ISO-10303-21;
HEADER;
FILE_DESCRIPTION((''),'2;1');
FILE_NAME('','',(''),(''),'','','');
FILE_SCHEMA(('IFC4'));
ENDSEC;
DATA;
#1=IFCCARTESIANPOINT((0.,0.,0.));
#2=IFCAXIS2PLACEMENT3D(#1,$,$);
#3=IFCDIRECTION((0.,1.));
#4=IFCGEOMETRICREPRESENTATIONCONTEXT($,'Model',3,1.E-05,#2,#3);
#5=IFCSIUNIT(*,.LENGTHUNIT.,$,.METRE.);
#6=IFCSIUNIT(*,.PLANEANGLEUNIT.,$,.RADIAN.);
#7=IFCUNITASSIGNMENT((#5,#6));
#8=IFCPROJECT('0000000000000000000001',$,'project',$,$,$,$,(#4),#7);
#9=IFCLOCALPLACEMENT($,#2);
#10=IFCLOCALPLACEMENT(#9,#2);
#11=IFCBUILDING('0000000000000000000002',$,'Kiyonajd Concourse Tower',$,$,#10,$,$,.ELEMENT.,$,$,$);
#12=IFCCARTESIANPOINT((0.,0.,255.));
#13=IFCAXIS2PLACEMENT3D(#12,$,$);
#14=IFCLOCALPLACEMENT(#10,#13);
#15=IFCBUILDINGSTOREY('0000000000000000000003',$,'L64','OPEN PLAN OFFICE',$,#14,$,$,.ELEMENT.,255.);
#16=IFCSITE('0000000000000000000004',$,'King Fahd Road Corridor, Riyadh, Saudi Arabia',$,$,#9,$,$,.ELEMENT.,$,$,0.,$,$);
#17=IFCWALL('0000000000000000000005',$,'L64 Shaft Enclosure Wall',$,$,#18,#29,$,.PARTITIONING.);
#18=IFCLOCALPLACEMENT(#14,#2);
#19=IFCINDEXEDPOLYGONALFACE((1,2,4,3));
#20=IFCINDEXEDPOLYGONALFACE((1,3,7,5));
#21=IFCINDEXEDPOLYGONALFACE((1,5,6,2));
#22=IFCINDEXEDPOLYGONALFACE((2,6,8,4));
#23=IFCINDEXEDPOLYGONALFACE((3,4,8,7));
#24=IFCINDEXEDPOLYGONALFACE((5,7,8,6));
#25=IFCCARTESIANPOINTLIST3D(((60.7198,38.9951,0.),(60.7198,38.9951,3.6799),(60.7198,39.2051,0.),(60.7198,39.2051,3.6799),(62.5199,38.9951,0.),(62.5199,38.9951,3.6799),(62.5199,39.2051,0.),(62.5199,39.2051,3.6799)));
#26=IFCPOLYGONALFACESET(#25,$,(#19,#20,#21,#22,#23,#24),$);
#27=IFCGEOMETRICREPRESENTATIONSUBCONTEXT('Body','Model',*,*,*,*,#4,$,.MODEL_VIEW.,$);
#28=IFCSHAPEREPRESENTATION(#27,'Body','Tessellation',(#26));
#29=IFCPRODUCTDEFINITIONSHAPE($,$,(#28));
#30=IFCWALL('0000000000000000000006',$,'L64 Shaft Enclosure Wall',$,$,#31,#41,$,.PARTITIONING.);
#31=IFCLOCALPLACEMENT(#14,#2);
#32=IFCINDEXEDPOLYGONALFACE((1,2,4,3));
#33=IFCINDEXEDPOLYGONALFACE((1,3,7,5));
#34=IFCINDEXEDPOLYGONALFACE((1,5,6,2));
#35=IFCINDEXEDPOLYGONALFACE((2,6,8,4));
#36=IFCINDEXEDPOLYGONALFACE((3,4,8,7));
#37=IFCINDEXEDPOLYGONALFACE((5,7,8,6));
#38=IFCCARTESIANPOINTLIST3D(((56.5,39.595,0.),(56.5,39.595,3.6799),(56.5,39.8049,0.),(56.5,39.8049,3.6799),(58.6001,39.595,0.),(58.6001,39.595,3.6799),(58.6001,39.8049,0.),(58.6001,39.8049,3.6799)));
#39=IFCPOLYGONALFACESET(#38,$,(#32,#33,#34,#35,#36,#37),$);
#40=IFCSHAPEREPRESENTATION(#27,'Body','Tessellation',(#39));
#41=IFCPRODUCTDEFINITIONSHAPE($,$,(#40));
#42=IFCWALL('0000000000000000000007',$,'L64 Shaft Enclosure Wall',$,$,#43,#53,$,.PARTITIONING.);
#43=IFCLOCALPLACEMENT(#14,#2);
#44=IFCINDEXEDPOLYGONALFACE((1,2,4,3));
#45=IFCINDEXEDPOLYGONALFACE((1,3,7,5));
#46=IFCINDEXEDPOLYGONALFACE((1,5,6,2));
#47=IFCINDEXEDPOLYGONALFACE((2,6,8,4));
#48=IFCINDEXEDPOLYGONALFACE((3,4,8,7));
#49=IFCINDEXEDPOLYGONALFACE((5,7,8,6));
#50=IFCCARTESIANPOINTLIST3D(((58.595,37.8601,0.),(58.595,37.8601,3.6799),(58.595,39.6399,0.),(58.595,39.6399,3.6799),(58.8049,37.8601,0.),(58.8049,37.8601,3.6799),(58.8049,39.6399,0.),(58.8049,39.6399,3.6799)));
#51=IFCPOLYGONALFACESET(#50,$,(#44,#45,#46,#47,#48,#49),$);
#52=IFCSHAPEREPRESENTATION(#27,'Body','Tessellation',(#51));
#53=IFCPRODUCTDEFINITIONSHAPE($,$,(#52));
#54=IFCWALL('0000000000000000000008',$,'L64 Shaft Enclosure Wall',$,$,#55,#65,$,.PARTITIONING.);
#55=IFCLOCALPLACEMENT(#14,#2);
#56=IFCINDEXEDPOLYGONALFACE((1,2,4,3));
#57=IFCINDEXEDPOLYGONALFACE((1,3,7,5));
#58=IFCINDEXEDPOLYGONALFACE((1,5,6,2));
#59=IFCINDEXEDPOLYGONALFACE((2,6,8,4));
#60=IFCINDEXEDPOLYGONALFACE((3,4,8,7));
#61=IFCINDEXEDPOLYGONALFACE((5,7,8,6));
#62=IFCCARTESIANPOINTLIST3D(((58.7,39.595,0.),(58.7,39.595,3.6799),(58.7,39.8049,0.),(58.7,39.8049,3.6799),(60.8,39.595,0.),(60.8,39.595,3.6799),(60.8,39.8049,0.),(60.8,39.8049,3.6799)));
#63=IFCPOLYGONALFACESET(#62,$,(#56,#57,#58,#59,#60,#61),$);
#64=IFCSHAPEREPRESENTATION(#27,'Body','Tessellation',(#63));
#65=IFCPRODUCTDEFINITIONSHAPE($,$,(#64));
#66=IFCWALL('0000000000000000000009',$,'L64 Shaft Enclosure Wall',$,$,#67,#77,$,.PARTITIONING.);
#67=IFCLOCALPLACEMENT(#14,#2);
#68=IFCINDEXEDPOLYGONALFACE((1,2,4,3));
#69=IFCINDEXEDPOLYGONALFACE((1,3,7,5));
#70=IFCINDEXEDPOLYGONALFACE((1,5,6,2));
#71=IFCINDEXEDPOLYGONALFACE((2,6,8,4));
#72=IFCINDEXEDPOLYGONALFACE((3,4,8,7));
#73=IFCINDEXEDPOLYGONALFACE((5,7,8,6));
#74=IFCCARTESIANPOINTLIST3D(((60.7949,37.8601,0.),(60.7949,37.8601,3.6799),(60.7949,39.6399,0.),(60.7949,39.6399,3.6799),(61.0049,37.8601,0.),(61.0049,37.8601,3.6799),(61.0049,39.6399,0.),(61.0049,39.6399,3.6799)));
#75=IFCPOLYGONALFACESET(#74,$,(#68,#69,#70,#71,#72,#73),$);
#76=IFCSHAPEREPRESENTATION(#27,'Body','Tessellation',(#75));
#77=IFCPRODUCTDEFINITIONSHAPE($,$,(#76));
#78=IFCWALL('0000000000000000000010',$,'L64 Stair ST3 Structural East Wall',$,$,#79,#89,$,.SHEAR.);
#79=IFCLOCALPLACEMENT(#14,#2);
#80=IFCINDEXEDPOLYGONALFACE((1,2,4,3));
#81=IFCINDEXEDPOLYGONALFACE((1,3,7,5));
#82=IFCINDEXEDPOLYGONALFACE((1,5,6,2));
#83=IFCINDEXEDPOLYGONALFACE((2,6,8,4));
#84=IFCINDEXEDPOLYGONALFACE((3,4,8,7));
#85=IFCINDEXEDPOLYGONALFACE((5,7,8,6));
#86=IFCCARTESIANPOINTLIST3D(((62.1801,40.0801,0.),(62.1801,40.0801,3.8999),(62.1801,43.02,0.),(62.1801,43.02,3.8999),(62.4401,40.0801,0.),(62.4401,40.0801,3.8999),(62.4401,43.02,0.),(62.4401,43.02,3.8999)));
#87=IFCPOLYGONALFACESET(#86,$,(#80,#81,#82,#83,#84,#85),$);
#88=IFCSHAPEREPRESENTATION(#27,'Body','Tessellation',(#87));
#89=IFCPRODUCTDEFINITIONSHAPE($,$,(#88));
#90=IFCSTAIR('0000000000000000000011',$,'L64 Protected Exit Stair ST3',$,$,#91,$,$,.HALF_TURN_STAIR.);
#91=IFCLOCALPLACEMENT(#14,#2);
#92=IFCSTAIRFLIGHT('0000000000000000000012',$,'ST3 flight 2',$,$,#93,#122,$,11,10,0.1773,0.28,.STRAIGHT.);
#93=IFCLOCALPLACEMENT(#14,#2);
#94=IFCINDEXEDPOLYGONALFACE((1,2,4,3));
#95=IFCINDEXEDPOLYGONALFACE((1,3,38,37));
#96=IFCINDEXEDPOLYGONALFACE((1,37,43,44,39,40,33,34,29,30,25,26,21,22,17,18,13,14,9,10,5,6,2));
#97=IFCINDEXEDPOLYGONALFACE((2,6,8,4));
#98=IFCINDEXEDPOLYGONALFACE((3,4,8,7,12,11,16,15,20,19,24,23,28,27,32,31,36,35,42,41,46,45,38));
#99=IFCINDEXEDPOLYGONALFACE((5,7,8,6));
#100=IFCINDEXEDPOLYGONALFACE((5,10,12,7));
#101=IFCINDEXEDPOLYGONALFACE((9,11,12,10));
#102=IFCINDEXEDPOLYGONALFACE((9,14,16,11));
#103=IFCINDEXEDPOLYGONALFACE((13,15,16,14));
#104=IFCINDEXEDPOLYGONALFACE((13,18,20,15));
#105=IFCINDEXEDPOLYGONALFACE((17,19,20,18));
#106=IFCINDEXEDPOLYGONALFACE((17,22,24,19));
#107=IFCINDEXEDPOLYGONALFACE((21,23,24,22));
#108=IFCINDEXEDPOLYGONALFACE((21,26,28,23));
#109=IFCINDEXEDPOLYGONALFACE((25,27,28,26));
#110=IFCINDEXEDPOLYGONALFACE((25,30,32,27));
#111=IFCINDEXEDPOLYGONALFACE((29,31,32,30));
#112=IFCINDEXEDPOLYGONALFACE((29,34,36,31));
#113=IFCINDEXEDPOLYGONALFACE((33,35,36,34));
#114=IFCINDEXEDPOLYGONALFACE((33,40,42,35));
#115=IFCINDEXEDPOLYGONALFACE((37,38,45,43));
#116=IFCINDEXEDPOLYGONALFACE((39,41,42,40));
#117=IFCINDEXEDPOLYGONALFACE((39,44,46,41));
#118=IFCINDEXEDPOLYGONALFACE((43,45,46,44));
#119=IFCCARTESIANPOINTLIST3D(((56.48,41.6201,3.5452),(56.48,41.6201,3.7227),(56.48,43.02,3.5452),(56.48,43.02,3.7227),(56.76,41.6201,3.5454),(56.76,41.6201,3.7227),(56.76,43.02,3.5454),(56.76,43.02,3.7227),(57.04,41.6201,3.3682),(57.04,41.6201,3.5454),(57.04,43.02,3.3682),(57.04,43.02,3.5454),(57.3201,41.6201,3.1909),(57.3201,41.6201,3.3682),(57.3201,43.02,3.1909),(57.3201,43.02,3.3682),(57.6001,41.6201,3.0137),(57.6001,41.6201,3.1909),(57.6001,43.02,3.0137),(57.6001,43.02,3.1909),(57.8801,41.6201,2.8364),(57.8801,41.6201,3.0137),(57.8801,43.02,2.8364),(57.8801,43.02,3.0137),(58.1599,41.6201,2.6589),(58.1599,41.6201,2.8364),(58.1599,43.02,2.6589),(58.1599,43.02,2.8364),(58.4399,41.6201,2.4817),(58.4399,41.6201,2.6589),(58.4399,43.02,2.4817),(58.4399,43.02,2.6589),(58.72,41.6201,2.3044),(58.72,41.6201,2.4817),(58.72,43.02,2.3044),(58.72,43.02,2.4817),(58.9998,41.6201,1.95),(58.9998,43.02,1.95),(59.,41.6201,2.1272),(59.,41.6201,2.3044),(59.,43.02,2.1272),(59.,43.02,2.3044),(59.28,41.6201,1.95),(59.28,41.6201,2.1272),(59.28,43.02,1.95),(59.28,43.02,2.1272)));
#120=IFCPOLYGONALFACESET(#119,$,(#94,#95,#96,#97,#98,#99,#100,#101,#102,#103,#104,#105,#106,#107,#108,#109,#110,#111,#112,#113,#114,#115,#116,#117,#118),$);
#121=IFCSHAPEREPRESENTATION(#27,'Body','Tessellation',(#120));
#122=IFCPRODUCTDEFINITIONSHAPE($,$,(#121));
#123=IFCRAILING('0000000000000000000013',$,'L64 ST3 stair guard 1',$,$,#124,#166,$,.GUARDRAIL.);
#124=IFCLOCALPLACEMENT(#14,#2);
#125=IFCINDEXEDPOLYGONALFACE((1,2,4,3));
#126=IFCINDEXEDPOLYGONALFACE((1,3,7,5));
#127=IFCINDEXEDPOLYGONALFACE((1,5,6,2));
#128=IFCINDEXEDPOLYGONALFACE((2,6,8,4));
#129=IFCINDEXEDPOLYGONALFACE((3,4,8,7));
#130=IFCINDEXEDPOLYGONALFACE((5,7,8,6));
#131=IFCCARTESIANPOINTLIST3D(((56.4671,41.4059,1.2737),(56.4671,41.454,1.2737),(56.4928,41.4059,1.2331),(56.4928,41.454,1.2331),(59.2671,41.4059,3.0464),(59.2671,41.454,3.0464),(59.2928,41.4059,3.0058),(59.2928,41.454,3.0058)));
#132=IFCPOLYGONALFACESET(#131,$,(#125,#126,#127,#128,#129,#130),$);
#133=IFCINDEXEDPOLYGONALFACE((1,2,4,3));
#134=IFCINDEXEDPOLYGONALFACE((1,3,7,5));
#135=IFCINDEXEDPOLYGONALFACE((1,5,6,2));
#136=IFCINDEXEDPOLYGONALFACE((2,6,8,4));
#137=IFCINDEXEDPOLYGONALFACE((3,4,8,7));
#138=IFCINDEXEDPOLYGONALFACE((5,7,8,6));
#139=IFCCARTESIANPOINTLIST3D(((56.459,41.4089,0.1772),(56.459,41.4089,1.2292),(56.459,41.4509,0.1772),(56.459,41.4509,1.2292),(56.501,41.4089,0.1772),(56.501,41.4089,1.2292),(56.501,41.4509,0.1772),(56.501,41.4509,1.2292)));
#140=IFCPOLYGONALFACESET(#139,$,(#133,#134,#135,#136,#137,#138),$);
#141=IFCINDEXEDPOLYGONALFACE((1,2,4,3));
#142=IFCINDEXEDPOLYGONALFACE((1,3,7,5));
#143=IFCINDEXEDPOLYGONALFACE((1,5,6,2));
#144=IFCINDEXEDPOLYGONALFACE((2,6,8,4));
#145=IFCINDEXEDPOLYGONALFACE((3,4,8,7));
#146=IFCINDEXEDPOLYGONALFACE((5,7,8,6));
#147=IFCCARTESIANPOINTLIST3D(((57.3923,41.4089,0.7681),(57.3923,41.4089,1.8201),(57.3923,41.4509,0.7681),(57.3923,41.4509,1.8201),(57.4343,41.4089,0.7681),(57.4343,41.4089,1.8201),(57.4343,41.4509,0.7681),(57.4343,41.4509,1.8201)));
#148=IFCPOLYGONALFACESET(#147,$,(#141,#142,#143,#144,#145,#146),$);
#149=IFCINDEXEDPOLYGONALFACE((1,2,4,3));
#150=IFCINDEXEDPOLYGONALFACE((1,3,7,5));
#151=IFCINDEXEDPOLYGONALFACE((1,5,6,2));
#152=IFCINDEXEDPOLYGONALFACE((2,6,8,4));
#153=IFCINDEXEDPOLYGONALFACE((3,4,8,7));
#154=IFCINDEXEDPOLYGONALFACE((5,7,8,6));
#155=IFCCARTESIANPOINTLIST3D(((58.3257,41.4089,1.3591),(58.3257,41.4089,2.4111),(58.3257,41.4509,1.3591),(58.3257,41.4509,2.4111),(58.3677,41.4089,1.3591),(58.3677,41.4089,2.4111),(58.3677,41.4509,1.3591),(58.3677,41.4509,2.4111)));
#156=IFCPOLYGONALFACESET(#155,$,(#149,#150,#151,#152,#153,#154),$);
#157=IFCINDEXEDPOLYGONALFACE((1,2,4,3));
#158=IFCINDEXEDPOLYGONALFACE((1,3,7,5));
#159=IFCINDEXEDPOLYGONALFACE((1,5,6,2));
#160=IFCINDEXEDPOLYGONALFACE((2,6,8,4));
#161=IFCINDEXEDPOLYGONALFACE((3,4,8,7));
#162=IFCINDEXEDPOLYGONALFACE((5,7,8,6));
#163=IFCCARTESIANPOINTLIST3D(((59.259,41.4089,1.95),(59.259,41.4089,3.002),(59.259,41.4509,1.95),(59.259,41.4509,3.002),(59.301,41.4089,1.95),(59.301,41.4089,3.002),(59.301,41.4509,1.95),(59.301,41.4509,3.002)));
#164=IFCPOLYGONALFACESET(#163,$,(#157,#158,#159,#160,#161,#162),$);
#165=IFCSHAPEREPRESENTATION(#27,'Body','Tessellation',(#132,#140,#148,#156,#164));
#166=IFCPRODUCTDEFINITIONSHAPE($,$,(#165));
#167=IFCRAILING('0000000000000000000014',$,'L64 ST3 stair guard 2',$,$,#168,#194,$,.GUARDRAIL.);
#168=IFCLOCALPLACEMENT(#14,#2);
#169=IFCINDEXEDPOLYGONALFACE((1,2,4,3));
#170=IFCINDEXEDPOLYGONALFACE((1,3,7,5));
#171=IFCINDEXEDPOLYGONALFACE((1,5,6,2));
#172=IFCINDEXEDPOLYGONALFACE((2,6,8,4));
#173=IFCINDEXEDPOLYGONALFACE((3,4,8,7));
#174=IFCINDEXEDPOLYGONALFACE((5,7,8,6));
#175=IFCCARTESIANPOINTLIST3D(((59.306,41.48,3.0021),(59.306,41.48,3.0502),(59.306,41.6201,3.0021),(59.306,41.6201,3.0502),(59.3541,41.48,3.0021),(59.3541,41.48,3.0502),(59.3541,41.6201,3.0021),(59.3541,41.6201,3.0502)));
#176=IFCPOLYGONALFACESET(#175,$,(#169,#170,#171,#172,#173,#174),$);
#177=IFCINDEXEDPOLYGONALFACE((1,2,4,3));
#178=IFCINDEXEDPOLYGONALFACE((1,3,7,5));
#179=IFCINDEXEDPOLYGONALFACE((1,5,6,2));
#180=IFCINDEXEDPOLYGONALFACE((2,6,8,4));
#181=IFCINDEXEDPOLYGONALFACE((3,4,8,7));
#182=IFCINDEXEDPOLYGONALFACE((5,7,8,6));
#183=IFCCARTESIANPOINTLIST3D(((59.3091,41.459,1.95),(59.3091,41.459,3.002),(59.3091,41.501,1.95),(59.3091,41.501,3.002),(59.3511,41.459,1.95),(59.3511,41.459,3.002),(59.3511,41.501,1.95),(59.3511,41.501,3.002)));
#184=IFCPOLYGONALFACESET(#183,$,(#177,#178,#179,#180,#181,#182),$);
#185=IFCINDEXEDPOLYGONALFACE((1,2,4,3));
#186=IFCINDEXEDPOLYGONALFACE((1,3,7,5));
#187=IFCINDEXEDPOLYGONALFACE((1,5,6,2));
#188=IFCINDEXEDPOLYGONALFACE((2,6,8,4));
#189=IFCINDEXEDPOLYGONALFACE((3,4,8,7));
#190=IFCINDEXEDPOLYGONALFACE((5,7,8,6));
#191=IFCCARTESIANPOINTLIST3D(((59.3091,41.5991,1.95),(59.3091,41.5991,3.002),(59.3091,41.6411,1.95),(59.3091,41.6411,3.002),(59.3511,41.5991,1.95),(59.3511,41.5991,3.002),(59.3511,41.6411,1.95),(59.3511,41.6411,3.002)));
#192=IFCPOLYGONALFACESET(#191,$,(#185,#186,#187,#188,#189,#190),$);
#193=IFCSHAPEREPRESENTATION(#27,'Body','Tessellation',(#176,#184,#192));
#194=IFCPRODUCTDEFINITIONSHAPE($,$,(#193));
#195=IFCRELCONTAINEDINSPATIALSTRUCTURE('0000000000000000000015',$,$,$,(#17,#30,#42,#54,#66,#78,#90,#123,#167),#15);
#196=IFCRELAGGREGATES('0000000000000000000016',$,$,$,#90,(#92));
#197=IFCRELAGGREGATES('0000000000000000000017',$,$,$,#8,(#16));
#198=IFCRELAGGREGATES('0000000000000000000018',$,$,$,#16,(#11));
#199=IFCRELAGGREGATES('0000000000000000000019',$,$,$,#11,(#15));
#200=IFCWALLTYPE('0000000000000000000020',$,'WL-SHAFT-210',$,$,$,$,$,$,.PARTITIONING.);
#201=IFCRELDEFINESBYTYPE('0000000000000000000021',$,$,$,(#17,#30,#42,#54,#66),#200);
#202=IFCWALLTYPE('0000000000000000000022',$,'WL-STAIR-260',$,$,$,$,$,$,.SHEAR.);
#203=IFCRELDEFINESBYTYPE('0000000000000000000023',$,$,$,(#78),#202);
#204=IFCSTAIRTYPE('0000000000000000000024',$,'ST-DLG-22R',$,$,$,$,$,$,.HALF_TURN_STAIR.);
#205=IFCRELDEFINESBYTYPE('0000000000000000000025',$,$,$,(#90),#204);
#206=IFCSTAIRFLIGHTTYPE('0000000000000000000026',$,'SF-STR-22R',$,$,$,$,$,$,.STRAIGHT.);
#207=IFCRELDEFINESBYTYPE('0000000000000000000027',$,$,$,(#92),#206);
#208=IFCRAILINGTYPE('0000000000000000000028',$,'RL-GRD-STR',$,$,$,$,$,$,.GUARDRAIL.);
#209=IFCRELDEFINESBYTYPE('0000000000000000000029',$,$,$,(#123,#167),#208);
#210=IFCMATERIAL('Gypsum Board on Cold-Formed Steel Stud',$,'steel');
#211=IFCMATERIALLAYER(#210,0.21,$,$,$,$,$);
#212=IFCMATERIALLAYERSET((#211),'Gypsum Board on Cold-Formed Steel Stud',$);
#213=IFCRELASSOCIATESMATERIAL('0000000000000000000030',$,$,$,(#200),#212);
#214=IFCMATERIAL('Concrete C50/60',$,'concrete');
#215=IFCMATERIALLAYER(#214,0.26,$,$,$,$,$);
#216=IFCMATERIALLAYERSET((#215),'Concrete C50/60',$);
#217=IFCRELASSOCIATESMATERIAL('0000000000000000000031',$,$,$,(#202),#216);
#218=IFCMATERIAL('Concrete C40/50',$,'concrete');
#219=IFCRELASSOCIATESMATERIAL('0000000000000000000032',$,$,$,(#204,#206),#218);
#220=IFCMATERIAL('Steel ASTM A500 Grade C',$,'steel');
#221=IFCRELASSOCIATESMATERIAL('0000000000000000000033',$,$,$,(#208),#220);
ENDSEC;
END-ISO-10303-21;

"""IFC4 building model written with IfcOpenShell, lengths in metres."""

from ifc_helpers import new_model, si_unit, direction, frame, frame_2d, origin, origin_2d, place, context, subcontext, project, spatial, polyline, rectangle, outline, extrude, material, layer, layer_set, type_object, element, aggregate, save


model = new_model("IFC4")

# Units and contexts
model_context = context("Model", 3, precision=1e-05, world=origin(), true_north=direction((0.0, 1.0)))
body_context = subcontext(model_context, "Body", "Model", "MODEL_VIEW")
ifc_project = project(units=[si_unit("LENGTHUNIT", "METRE"), si_unit("PLANEANGLEUNIT", "RADIAN")], contexts=[model_context])

# Site, building, storey
site_placement = place(None, origin())
site = spatial("IfcSite", under=ifc_project, at=site_placement, Name="King Fahd Road Corridor, Riyadh, Saudi Arabia", CompositionType="ELEMENT", RefElevation=0.0)
building_placement = place(site_placement, origin())
building = spatial("IfcBuilding", under=site, at=building_placement, Name="Kiyonajd Concourse Tower", CompositionType="ELEMENT")
storey_placement = place(building_placement, frame((0.0, 0.0, 255.0)))
storey = spatial("IfcBuildingStorey", under=building, at=storey_placement, Name="L64", Description="OPEN PLAN OFFICE", CompositionType="ELEMENT", Elevation=255.0)

# Walls
ifc_material_1 = material(Name="Gypsum Board on Cold-Formed Steel Stud", Category="steel")
ifc_layer_1 = layer(ifc_material_1, 0.21)
ifc_layer_set_1 = layer_set([ifc_layer_1], Name="Gypsum Board on Cold-Formed Steel Stud")
wall_type_1 = type_object("IfcWallType", Name="WL-SHAFT-210", PredefinedType="PARTITIONING", material=ifc_layer_set_1)
wall_1_placement = place(storey_placement, frame((60.72, 39.1001, 0.0), z_axis=(0.0, 0.0, 1.0), x_axis=(1.0, 0.0, 0.0)))
element("IfcWall", 1, at=wall_1_placement, inside=storey, type_object=wall_type_1, Name="L64 Shaft Enclosure Wall", PredefinedType="PARTITIONING", context=body_context, shape_type="SweptSolid", body=[
    extrude(rectangle(XDim=1.8, YDim=0.21, at=frame_2d((0.8999, 0.0))), origin(), (0.0, 0.0, 1.0), 3.6799),
])
wall_2_placement = place(storey_placement, frame((56.5, 39.7, 0.0), z_axis=(0.0, 0.0, 1.0), x_axis=(1.0, 0.0, 0.0)))
element("IfcWall", 2, at=wall_2_placement, inside=storey, type_object=wall_type_1, Name="L64 Shaft Enclosure Wall", PredefinedType="PARTITIONING", context=body_context, shape_type="SweptSolid", body=[
    extrude(rectangle(XDim=2.1001, YDim=0.21, at=frame_2d((1.05, 0.0))), origin(), (0.0, 0.0, 1.0), 3.6799),
])
wall_3_placement = place(storey_placement, frame((58.7, 37.8601, 0.0), z_axis=(0.0, 0.0, 1.0), x_axis=(0.0, 1.0, 0.0)))
element("IfcWall", 3, at=wall_3_placement, inside=storey, type_object=wall_type_1, Name="L64 Shaft Enclosure Wall", PredefinedType="PARTITIONING", context=body_context, shape_type="SweptSolid", body=[
    extrude(rectangle(XDim=1.7798, YDim=0.21, at=frame_2d((0.8899, 0.0))), origin(), (0.0, 0.0, 1.0), 3.6799),
])
wall_4_placement = place(storey_placement, frame((58.7, 39.7, 0.0), z_axis=(0.0, 0.0, 1.0), x_axis=(1.0, 0.0, 0.0)))
element("IfcWall", 4, at=wall_4_placement, inside=storey, type_object=wall_type_1, Name="L64 Shaft Enclosure Wall", PredefinedType="PARTITIONING", context=body_context, shape_type="SweptSolid", body=[
    extrude(rectangle(XDim=2.1001, YDim=0.21, at=frame_2d((1.05, 0.0))), origin(), (0.0, 0.0, 1.0), 3.6799),
])
wall_5_placement = place(storey_placement, frame((60.8999, 37.8601, 0.0), z_axis=(0.0, 0.0, 1.0), x_axis=(0.0, 1.0, 0.0)))
element("IfcWall", 5, at=wall_5_placement, inside=storey, type_object=wall_type_1, Name="L64 Shaft Enclosure Wall", PredefinedType="PARTITIONING", context=body_context, shape_type="SweptSolid", body=[
    extrude(rectangle(XDim=1.7798, YDim=0.21, at=frame_2d((0.8899, 0.0))), origin(), (0.0, 0.0, 1.0), 3.6799),
])
ifc_material_2 = material(Name="Concrete C50/60", Category="concrete")
ifc_layer_2 = layer(ifc_material_2, 0.26)
ifc_layer_set_2 = layer_set([ifc_layer_2], Name="Concrete C50/60")
wall_type_2 = type_object("IfcWallType", Name="WL-STAIR-260", PredefinedType="SHEAR", material=ifc_layer_set_2)
wall_6_placement = place(storey_placement, frame((62.3101, 40.0801, 0.0), z_axis=(0.0, 0.0, 1.0), x_axis=(0.0, 1.0, 0.0)))
element("IfcWall", 6, at=wall_6_placement, inside=storey, type_object=wall_type_2, Name="L64 Stair ST3 Structural East Wall", PredefinedType="SHEAR", context=body_context, shape_type="SweptSolid", body=[
    extrude(rectangle(XDim=2.9399, YDim=0.26, at=frame_2d((1.47, 0.0))), origin(), (0.0, 0.0, 1.0), 3.8999),
])

# Stair, stair flight
ifc_material_3 = material(Name="Concrete C40/50", Category="concrete")
stair_type = type_object("IfcStairType", Name="ST-DLG-22R", PredefinedType="HALF_TURN_STAIR", material=ifc_material_3)
stair_placement = place(storey_placement, origin())
stair = element("IfcStair", 7, at=stair_placement, inside=storey, type_object=stair_type, Name="L64 Protected Exit Stair ST3", PredefinedType="HALF_TURN_STAIR")
stair_flight_type = type_object("IfcStairFlightType", Name="SF-STR-22R", PredefinedType="STRAIGHT", material=ifc_material_3)
stair_flight_placement = place(storey_placement, frame((59.28, 42.3201, 1.95), z_axis=(0.0, 0.0, 1.0), x_axis=(-1.0, 0.0, 0.0)))
stair_flight = element("IfcStairFlight", 8, at=stair_flight_placement, type_object=stair_flight_type, Name="ST3 flight 2", NumberOfRisers=11, NumberOfTreads=10, PredefinedType="STRAIGHT", RiserHeight=0.1773, TreadLength=0.28, context=body_context, shape_type="SweptSolid", body=[
    extrude(outline(polyline([(0.0, 0.0), (0.0, 0.1772), (0.28, 0.1772), (0.28, 0.3545), (0.5601, 0.3545), (0.5601, 0.5317), (0.8401, 0.5317), (0.8401, 0.709), (1.1201, 0.709), (1.1201, 0.8865), (1.3999, 0.8865), (1.3999, 1.0637), (1.6799, 1.0637), (1.6799, 1.241), (1.96, 1.241), (1.96, 1.4182), (2.24, 1.4182), (2.24, 1.5955), (2.52, 1.5955), (2.52, 1.7727), (2.8, 1.7727), (2.8, 1.95), (2.8, 1.5952), (0.2803, 0.0), (0.0, 0.0)])), frame((0.0, 0.7, 0.0), z_axis=(0.0, -1.0, 0.0), x_axis=(1.0, 0.0, 0.0)), (0.0, 0.0, 1.0), 1.3999),
])
aggregate(stair, [stair_flight])

# Railings
ifc_material_4 = material(Name="Steel ASTM A500 Grade C", Category="steel")
railing_type_1 = type_object("IfcRailingType", Name="RL-GRD-STR", PredefinedType="GUARDRAIL", material=ifc_material_4)
railing_1_placement = place(storey_placement, frame((56.48, 41.4299, 0.1772)))
element("IfcRailing", 9, at=railing_1_placement, inside=storey, type_object=railing_type_1, Name="L64 ST3 stair guard 1", PredefinedType="GUARDRAIL", context=body_context, shape_type="SweptSolid", body=[
    extrude(rectangle(XDim=0.0481, YDim=0.0481, at=origin_2d()), frame((0.0, 0.0, 1.0762), z_axis=(0.844909, 0.0, 0.53491), x_axis=(0.0, 1.0, 0.0)), (0.0, 0.0, 1.0), 3.314),
    extrude(rectangle(XDim=0.042, YDim=0.042, at=origin_2d()), origin(), (0.0, 0.0, 1.0), 1.052),
    extrude(rectangle(XDim=0.042, YDim=0.042, at=origin_2d()), frame((0.9333, 0.0, 0.5908)), (0.0, 0.0, 1.0), 1.052),
    extrude(rectangle(XDim=0.042, YDim=0.042, at=origin_2d()), frame((1.8667, 0.0, 1.1819)), (0.0, 0.0, 1.0), 1.052),
    extrude(rectangle(XDim=0.042, YDim=0.042, at=origin_2d()), frame((2.8, 0.0, 1.7727)), (0.0, 0.0, 1.0), 1.052),
])
railing_2_placement = place(storey_placement, frame((59.3301, 41.48, 1.95)))
element("IfcRailing", 10, at=railing_2_placement, inside=storey, type_object=railing_type_1, Name="L64 ST3 stair guard 2", PredefinedType="GUARDRAIL", context=body_context, shape_type="SweptSolid", body=[
    extrude(rectangle(XDim=0.0481, YDim=0.0481, at=origin_2d()), frame((0.0, 0.0, 1.0762), z_axis=(0.0, 1.0, 0.0), x_axis=(-1.0, 0.0, 0.0)), (0.0, 0.0, 1.0), 0.1401),
    extrude(rectangle(XDim=0.042, YDim=0.042, at=origin_2d()), origin(), (0.0, 0.0, 1.0), 1.052),
    extrude(rectangle(XDim=0.042, YDim=0.042, at=origin_2d()), frame((0.0, 0.1401, 0.0)), (0.0, 0.0, 1.0), 1.052),
])

save(model, "model.ifc")
